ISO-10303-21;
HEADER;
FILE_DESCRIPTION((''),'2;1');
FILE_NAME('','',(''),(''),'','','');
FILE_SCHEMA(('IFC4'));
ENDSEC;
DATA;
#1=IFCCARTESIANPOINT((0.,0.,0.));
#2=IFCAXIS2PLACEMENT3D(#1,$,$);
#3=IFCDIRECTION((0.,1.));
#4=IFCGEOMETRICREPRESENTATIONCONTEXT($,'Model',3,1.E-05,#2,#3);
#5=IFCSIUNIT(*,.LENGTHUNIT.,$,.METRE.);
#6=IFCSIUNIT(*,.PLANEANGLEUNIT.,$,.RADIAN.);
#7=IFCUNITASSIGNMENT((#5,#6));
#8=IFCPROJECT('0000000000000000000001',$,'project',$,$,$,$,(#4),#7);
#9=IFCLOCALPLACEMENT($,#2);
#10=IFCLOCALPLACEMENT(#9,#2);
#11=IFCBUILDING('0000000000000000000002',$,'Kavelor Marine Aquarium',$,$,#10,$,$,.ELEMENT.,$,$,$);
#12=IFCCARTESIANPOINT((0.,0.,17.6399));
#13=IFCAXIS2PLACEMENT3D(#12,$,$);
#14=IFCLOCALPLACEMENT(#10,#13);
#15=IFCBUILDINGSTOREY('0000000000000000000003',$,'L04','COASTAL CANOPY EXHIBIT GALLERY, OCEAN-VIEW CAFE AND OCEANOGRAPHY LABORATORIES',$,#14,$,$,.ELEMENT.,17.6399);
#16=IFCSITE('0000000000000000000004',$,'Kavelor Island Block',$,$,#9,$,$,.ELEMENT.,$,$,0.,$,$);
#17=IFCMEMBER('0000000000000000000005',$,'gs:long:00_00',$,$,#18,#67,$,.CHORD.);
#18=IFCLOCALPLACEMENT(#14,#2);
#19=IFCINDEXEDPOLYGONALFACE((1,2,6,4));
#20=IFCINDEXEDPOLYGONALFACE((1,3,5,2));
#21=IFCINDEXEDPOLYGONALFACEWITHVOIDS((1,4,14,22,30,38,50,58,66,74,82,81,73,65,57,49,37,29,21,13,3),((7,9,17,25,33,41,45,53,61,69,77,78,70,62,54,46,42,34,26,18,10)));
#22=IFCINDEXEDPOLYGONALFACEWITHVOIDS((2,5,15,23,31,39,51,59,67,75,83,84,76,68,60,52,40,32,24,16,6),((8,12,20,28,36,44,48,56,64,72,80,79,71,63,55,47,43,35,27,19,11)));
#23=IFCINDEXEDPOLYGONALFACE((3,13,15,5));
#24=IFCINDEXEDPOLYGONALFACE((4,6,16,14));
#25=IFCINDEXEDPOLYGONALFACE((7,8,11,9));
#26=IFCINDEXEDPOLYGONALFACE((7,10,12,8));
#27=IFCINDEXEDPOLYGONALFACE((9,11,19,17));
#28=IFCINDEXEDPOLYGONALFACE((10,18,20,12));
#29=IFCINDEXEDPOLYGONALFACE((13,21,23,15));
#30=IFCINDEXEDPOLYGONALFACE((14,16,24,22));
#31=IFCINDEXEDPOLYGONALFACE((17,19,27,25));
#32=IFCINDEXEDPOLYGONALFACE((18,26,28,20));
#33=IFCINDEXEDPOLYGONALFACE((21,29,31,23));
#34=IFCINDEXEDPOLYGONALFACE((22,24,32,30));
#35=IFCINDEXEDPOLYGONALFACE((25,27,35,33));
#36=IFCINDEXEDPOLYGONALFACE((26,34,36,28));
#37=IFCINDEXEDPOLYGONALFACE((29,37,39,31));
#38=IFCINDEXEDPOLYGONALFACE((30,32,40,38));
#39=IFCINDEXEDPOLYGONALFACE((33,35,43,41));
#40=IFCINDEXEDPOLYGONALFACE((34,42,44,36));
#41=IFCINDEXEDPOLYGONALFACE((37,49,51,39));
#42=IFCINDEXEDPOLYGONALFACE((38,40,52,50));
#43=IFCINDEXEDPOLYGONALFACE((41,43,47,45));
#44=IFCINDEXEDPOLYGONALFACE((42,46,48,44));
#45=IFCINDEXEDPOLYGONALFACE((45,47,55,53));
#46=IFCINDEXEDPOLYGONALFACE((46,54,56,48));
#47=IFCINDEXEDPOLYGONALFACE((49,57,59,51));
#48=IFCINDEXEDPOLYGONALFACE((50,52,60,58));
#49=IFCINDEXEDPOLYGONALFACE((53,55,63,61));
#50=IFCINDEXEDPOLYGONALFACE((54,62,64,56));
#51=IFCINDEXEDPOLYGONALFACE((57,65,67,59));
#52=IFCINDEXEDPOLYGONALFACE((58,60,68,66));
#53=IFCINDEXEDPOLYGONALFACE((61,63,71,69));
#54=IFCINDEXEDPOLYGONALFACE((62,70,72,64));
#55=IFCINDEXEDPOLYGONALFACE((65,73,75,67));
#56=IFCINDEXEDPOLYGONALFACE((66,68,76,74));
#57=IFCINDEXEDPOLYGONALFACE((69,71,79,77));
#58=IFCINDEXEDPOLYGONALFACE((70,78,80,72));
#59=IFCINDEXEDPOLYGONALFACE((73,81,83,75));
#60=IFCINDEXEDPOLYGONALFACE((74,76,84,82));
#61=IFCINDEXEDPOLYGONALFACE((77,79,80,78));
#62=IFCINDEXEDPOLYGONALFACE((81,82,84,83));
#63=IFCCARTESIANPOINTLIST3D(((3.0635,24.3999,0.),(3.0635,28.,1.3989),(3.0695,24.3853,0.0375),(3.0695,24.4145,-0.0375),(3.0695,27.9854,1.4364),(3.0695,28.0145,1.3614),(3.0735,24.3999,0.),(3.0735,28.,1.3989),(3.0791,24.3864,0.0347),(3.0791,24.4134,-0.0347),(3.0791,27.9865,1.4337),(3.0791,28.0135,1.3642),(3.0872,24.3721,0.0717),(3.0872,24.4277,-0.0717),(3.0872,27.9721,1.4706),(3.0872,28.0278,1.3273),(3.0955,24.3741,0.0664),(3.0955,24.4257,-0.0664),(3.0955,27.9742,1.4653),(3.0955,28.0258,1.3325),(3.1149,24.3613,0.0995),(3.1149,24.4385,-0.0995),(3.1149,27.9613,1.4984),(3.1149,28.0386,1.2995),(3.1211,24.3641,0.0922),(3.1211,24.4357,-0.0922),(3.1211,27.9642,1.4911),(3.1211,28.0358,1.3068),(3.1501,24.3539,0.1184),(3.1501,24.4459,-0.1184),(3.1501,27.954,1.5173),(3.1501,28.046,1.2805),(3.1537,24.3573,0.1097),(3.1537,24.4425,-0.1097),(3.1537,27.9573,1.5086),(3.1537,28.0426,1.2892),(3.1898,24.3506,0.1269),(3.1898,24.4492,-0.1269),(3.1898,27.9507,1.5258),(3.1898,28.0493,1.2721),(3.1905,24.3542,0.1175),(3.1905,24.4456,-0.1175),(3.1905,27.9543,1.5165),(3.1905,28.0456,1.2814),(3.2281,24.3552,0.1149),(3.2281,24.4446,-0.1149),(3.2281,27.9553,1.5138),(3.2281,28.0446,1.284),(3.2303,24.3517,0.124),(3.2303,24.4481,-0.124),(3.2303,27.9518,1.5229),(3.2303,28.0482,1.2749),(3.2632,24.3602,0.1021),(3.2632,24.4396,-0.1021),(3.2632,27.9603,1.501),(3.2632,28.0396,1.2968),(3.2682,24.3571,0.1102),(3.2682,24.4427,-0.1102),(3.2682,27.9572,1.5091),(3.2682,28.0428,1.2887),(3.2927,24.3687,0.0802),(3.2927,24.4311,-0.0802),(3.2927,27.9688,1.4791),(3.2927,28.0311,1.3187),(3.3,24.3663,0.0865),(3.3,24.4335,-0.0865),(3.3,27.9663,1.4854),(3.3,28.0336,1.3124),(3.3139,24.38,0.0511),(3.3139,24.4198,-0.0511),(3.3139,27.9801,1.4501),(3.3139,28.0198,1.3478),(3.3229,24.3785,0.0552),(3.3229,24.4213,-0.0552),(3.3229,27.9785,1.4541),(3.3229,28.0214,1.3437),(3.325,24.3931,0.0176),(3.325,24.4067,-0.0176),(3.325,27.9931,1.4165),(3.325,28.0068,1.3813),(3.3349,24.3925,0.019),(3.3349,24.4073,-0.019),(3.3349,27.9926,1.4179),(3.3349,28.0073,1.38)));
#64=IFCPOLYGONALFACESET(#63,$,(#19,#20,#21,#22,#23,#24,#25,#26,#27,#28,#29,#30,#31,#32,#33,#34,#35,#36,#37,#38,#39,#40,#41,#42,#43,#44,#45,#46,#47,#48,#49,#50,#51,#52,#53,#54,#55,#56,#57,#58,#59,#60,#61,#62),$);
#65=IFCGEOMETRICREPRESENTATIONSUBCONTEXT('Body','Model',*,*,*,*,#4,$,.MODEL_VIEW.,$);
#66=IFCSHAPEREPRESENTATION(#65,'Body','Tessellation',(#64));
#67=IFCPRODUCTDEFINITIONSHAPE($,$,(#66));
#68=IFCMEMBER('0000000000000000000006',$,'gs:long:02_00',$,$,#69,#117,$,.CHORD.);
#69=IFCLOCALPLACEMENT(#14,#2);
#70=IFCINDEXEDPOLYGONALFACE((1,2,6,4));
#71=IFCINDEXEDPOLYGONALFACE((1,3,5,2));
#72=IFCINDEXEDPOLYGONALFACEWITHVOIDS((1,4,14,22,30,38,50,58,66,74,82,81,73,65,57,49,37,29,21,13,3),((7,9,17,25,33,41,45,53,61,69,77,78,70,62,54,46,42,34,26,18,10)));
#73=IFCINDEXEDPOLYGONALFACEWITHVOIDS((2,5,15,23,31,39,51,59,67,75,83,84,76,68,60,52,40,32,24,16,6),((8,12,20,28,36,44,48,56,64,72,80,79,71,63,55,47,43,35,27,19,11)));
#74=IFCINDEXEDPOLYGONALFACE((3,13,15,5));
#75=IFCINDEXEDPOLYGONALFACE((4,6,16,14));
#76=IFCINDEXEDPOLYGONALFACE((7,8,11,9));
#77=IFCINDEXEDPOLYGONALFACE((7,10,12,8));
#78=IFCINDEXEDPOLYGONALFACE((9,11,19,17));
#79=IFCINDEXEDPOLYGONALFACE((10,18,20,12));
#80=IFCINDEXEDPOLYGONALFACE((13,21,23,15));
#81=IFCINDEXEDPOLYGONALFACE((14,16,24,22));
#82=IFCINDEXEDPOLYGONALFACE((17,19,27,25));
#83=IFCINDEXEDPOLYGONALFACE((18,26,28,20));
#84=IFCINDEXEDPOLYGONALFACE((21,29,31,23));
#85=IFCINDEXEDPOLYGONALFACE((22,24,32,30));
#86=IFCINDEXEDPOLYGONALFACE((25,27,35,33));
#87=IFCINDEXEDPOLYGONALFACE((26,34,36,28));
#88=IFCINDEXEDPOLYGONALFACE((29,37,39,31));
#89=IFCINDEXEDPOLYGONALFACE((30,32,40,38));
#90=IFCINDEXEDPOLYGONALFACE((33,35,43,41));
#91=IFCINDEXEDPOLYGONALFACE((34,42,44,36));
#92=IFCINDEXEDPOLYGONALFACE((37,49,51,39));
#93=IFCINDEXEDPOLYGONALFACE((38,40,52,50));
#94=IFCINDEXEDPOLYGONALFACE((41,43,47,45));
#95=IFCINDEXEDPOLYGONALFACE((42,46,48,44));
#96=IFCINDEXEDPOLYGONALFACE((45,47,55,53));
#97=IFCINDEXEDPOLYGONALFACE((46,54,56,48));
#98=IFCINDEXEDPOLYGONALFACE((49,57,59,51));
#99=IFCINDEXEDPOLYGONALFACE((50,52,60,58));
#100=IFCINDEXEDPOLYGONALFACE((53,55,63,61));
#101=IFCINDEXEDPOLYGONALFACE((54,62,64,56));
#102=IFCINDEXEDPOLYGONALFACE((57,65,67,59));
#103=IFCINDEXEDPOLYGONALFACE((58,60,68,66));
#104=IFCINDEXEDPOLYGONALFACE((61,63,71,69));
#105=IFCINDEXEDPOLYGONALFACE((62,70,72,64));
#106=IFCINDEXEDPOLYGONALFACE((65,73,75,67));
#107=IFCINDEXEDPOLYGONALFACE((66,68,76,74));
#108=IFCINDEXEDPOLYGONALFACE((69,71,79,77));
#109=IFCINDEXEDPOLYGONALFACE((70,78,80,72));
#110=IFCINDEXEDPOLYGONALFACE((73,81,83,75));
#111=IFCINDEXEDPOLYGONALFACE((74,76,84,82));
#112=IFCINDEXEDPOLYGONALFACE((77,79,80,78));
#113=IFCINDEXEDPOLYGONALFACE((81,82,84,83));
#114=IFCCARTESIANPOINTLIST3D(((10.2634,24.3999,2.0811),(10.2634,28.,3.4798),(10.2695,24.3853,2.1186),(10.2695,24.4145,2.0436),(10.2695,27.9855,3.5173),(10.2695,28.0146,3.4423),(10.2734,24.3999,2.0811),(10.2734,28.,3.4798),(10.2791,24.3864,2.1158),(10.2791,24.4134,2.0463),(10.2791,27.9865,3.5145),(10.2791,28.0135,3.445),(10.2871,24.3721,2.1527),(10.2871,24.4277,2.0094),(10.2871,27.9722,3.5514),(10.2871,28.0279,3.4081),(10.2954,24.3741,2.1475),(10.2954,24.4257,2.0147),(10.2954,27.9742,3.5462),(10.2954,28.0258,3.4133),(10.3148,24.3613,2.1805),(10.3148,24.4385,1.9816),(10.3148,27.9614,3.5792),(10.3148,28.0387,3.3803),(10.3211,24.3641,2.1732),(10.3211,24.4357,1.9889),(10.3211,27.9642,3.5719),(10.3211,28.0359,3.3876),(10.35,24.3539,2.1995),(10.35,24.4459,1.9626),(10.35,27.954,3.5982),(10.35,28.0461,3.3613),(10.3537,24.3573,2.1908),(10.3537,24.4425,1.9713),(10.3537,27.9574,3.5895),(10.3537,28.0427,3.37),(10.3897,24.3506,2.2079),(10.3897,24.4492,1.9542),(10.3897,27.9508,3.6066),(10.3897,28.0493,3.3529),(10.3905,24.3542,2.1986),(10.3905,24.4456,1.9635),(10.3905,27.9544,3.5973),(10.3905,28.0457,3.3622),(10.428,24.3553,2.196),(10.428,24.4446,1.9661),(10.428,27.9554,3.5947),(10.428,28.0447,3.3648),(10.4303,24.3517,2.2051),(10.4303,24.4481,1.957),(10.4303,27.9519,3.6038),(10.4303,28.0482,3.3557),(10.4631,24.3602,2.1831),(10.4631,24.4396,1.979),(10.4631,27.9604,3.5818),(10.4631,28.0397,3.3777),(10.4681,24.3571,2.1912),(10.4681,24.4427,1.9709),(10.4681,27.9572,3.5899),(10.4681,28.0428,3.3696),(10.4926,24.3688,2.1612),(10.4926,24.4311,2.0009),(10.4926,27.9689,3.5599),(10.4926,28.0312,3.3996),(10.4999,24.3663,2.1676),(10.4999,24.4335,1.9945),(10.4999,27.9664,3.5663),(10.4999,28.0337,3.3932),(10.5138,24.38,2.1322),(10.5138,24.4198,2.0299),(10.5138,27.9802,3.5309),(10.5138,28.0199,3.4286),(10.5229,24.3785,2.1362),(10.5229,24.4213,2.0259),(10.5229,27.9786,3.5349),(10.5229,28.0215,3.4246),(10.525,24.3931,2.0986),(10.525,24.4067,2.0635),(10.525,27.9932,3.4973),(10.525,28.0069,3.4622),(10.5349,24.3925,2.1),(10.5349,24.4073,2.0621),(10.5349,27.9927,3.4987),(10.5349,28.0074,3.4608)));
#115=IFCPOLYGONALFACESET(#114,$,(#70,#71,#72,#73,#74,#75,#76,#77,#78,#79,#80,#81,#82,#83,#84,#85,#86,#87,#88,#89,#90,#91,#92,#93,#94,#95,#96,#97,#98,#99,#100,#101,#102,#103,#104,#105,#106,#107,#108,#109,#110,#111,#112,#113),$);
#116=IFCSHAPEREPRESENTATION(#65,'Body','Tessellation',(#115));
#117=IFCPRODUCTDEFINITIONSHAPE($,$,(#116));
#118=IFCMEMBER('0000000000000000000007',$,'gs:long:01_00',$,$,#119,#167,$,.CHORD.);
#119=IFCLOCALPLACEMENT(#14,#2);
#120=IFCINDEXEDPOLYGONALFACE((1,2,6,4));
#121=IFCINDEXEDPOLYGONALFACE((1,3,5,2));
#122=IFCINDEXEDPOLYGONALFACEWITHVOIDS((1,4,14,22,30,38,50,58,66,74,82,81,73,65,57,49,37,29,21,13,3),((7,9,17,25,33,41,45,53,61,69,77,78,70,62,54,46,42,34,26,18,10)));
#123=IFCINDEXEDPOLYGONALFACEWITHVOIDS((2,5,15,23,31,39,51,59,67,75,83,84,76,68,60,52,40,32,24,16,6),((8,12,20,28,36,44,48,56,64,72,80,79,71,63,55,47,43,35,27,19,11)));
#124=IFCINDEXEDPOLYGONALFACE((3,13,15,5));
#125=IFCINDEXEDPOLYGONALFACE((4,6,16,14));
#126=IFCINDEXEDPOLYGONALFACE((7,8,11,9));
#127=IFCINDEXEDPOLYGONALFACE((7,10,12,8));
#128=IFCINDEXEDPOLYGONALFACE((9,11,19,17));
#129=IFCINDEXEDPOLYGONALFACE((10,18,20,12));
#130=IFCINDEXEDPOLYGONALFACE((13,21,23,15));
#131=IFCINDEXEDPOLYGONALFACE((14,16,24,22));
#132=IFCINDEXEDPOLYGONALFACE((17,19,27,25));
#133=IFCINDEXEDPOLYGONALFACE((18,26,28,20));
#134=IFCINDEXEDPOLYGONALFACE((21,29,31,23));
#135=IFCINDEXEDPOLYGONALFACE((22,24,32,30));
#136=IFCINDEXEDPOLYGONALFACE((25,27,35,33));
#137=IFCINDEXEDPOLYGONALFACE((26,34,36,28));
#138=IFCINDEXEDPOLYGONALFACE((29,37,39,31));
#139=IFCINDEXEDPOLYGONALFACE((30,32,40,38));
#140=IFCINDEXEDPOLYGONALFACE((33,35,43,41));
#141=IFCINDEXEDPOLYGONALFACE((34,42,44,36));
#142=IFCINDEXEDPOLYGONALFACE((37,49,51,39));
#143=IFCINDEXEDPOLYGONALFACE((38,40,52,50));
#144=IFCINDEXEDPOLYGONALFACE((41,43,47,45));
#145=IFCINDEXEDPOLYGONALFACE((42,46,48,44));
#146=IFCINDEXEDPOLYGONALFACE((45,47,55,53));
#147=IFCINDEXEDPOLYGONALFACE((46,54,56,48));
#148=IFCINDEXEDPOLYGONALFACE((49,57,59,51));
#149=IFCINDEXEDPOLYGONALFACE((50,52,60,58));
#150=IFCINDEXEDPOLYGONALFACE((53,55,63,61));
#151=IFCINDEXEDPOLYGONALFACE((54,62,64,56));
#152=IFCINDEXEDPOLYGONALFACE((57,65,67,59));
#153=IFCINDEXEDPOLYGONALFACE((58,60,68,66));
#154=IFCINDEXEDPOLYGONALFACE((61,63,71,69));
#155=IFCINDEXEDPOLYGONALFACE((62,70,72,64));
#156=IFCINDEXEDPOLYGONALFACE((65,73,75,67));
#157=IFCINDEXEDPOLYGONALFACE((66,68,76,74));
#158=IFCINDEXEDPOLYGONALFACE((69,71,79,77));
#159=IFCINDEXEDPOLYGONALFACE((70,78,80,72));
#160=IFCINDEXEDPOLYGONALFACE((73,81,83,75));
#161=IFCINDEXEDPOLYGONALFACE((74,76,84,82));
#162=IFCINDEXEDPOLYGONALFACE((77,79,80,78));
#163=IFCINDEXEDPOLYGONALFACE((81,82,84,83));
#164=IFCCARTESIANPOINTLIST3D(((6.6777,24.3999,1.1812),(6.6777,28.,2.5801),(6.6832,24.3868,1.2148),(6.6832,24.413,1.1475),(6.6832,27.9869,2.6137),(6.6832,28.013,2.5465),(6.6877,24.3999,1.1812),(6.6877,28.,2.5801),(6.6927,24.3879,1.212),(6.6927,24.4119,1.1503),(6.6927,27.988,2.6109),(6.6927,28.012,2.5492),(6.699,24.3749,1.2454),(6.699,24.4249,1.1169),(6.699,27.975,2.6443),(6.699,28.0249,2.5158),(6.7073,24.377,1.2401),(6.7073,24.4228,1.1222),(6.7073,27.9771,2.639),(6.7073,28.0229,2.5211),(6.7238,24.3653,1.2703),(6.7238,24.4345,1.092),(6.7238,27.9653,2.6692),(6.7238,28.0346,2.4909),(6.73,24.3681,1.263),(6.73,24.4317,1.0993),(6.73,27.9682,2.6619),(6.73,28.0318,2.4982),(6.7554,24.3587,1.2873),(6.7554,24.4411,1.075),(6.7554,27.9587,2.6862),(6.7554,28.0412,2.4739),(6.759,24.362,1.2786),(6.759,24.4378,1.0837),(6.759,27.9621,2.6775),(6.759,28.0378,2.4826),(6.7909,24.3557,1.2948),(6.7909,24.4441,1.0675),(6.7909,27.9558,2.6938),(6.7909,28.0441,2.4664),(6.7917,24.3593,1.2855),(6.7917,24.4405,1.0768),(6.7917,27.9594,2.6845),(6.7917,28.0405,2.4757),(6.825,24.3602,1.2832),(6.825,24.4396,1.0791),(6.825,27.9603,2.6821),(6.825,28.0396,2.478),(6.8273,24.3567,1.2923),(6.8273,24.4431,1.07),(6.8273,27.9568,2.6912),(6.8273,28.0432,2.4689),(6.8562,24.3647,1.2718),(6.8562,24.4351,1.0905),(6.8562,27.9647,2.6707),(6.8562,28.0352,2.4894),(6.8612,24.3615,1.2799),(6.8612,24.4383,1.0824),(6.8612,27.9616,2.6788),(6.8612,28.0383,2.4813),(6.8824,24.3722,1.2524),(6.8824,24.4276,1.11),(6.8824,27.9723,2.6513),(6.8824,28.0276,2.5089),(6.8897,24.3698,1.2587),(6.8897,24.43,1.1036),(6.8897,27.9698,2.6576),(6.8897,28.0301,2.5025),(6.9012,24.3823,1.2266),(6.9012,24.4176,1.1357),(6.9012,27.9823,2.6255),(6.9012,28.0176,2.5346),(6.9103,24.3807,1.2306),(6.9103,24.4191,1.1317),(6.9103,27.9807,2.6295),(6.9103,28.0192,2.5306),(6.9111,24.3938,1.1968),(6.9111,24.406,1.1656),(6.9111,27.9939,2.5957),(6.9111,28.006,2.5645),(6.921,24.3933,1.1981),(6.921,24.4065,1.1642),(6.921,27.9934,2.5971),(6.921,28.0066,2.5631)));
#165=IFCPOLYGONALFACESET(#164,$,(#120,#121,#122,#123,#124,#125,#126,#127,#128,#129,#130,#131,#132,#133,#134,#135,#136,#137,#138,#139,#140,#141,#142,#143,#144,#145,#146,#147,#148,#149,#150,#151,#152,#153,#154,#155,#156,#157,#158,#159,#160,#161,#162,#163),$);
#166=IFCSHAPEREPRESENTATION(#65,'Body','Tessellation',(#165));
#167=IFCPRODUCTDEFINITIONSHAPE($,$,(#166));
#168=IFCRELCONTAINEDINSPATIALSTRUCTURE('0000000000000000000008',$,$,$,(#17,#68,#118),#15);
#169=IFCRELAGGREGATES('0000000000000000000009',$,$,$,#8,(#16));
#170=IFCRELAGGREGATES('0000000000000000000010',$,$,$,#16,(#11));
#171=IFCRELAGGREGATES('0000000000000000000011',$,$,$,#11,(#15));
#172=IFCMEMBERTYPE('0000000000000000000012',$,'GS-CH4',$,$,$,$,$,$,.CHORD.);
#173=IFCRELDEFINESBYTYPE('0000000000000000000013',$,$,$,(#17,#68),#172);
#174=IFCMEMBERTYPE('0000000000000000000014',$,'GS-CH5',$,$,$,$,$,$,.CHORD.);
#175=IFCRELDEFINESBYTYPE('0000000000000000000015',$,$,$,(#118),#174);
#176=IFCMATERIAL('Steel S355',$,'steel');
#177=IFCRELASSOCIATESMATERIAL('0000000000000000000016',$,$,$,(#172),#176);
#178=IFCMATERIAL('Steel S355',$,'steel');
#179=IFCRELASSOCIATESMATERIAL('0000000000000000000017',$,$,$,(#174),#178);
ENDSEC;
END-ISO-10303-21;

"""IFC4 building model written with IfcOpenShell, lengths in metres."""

from ifc_helpers import new_model, si_unit, direction, frame, origin, origin_2d, place, context, subcontext, project, spatial, hollow_circle, extrude, material, material_profile, profile_set, type_object, element, save


model = new_model("IFC4")

# Units and contexts
model_context = context("Model", 3, precision=1e-05, world=origin(), true_north=direction((0.0, 1.0)))
body_context = subcontext(model_context, "Body", "Model", "MODEL_VIEW")
ifc_project = project(units=[si_unit("LENGTHUNIT", "METRE"), si_unit("PLANEANGLEUNIT", "RADIAN")], contexts=[model_context])

# Site, building, storey
site_placement = place(None, origin())
site = spatial("IfcSite", under=ifc_project, at=site_placement, Name="Kavelor Island Block", CompositionType="ELEMENT", RefElevation=0.0)
building_placement = place(site_placement, origin())
building = spatial("IfcBuilding", under=site, at=building_placement, Name="Kavelor Marine Aquarium", CompositionType="ELEMENT")
storey_placement = place(building_placement, frame((0.0, 0.0, 17.6399)))
storey = spatial("IfcBuildingStorey", under=building, at=storey_placement, Name="L04", Description="COASTAL CANOPY EXHIBIT GALLERY, OCEAN-VIEW CAFE AND OCEANOGRAPHY LABORATORIES", CompositionType="ELEMENT", Elevation=17.6399)

# Members
ifc_material_1 = material(Name="Steel S355", Category="steel")
ifc_material_profile_1 = material_profile(ifc_material_1, hollow_circle(Radius=0.1365, WallThickness=0.01, at=origin_2d()), Name="CHS 273.0x10.0")
ifc_profile_set_1 = profile_set([ifc_material_profile_1], Name="Steel S355")
member_type_1 = type_object("IfcMemberType", Name="GS-CH4", PredefinedType="CHORD", material=ifc_profile_set_1)
for number, where, z_axis, x_axis, name in (
    (1, (3.2, 24.3999, 0.0), (0.0, 0.932102, 0.362196), (-1.0, 0.0, 0.0), "gs:long:00_00"),
    (2, (10.3999, 24.3999, 2.0811), (0.0, 0.932123, 0.362141), (-1.0, 0.0, 0.0), "gs:long:02_00"),
):
    element("IfcMember", number, at=place(storey_placement, frame(where, z_axis=z_axis, x_axis=x_axis)), inside=storey, type_object=member_type_1, Name=name, PredefinedType="CHORD", context=body_context, shape_type="SweptSolid", body=[
        extrude(hollow_circle(Radius=0.1365, WallThickness=0.01, at=origin_2d()), origin(), (0.0, 0.0, 1.0), 3.8623),
    ])
ifc_material_2 = material(Name="Steel S355", Category="steel")
ifc_material_profile_2 = material_profile(ifc_material_2, hollow_circle(Radius=0.1223, WallThickness=0.01, at=origin_2d()), Name="CHS 244.5x10.0")
ifc_profile_set_2 = profile_set([ifc_material_profile_2], Name="Steel S355")
member_type_2 = type_object("IfcMemberType", Name="GS-CH5", PredefinedType="CHORD", material=ifc_profile_set_2)
member_1_placement = place(storey_placement, frame((6.8, 24.3999, 1.1812), z_axis=(0.0, 0.932102, 0.362196), x_axis=(-1.0, 0.0, 0.0)))
element("IfcMember", 3, at=member_1_placement, inside=storey, type_object=member_type_2, Name="gs:long:01_00", PredefinedType="CHORD", context=body_context, shape_type="SweptSolid", body=[
    extrude(hollow_circle(Radius=0.1223, WallThickness=0.01, at=origin_2d()), origin(), (0.0, 0.0, 1.0), 3.8623),
])

save(model, "model.ifc")
